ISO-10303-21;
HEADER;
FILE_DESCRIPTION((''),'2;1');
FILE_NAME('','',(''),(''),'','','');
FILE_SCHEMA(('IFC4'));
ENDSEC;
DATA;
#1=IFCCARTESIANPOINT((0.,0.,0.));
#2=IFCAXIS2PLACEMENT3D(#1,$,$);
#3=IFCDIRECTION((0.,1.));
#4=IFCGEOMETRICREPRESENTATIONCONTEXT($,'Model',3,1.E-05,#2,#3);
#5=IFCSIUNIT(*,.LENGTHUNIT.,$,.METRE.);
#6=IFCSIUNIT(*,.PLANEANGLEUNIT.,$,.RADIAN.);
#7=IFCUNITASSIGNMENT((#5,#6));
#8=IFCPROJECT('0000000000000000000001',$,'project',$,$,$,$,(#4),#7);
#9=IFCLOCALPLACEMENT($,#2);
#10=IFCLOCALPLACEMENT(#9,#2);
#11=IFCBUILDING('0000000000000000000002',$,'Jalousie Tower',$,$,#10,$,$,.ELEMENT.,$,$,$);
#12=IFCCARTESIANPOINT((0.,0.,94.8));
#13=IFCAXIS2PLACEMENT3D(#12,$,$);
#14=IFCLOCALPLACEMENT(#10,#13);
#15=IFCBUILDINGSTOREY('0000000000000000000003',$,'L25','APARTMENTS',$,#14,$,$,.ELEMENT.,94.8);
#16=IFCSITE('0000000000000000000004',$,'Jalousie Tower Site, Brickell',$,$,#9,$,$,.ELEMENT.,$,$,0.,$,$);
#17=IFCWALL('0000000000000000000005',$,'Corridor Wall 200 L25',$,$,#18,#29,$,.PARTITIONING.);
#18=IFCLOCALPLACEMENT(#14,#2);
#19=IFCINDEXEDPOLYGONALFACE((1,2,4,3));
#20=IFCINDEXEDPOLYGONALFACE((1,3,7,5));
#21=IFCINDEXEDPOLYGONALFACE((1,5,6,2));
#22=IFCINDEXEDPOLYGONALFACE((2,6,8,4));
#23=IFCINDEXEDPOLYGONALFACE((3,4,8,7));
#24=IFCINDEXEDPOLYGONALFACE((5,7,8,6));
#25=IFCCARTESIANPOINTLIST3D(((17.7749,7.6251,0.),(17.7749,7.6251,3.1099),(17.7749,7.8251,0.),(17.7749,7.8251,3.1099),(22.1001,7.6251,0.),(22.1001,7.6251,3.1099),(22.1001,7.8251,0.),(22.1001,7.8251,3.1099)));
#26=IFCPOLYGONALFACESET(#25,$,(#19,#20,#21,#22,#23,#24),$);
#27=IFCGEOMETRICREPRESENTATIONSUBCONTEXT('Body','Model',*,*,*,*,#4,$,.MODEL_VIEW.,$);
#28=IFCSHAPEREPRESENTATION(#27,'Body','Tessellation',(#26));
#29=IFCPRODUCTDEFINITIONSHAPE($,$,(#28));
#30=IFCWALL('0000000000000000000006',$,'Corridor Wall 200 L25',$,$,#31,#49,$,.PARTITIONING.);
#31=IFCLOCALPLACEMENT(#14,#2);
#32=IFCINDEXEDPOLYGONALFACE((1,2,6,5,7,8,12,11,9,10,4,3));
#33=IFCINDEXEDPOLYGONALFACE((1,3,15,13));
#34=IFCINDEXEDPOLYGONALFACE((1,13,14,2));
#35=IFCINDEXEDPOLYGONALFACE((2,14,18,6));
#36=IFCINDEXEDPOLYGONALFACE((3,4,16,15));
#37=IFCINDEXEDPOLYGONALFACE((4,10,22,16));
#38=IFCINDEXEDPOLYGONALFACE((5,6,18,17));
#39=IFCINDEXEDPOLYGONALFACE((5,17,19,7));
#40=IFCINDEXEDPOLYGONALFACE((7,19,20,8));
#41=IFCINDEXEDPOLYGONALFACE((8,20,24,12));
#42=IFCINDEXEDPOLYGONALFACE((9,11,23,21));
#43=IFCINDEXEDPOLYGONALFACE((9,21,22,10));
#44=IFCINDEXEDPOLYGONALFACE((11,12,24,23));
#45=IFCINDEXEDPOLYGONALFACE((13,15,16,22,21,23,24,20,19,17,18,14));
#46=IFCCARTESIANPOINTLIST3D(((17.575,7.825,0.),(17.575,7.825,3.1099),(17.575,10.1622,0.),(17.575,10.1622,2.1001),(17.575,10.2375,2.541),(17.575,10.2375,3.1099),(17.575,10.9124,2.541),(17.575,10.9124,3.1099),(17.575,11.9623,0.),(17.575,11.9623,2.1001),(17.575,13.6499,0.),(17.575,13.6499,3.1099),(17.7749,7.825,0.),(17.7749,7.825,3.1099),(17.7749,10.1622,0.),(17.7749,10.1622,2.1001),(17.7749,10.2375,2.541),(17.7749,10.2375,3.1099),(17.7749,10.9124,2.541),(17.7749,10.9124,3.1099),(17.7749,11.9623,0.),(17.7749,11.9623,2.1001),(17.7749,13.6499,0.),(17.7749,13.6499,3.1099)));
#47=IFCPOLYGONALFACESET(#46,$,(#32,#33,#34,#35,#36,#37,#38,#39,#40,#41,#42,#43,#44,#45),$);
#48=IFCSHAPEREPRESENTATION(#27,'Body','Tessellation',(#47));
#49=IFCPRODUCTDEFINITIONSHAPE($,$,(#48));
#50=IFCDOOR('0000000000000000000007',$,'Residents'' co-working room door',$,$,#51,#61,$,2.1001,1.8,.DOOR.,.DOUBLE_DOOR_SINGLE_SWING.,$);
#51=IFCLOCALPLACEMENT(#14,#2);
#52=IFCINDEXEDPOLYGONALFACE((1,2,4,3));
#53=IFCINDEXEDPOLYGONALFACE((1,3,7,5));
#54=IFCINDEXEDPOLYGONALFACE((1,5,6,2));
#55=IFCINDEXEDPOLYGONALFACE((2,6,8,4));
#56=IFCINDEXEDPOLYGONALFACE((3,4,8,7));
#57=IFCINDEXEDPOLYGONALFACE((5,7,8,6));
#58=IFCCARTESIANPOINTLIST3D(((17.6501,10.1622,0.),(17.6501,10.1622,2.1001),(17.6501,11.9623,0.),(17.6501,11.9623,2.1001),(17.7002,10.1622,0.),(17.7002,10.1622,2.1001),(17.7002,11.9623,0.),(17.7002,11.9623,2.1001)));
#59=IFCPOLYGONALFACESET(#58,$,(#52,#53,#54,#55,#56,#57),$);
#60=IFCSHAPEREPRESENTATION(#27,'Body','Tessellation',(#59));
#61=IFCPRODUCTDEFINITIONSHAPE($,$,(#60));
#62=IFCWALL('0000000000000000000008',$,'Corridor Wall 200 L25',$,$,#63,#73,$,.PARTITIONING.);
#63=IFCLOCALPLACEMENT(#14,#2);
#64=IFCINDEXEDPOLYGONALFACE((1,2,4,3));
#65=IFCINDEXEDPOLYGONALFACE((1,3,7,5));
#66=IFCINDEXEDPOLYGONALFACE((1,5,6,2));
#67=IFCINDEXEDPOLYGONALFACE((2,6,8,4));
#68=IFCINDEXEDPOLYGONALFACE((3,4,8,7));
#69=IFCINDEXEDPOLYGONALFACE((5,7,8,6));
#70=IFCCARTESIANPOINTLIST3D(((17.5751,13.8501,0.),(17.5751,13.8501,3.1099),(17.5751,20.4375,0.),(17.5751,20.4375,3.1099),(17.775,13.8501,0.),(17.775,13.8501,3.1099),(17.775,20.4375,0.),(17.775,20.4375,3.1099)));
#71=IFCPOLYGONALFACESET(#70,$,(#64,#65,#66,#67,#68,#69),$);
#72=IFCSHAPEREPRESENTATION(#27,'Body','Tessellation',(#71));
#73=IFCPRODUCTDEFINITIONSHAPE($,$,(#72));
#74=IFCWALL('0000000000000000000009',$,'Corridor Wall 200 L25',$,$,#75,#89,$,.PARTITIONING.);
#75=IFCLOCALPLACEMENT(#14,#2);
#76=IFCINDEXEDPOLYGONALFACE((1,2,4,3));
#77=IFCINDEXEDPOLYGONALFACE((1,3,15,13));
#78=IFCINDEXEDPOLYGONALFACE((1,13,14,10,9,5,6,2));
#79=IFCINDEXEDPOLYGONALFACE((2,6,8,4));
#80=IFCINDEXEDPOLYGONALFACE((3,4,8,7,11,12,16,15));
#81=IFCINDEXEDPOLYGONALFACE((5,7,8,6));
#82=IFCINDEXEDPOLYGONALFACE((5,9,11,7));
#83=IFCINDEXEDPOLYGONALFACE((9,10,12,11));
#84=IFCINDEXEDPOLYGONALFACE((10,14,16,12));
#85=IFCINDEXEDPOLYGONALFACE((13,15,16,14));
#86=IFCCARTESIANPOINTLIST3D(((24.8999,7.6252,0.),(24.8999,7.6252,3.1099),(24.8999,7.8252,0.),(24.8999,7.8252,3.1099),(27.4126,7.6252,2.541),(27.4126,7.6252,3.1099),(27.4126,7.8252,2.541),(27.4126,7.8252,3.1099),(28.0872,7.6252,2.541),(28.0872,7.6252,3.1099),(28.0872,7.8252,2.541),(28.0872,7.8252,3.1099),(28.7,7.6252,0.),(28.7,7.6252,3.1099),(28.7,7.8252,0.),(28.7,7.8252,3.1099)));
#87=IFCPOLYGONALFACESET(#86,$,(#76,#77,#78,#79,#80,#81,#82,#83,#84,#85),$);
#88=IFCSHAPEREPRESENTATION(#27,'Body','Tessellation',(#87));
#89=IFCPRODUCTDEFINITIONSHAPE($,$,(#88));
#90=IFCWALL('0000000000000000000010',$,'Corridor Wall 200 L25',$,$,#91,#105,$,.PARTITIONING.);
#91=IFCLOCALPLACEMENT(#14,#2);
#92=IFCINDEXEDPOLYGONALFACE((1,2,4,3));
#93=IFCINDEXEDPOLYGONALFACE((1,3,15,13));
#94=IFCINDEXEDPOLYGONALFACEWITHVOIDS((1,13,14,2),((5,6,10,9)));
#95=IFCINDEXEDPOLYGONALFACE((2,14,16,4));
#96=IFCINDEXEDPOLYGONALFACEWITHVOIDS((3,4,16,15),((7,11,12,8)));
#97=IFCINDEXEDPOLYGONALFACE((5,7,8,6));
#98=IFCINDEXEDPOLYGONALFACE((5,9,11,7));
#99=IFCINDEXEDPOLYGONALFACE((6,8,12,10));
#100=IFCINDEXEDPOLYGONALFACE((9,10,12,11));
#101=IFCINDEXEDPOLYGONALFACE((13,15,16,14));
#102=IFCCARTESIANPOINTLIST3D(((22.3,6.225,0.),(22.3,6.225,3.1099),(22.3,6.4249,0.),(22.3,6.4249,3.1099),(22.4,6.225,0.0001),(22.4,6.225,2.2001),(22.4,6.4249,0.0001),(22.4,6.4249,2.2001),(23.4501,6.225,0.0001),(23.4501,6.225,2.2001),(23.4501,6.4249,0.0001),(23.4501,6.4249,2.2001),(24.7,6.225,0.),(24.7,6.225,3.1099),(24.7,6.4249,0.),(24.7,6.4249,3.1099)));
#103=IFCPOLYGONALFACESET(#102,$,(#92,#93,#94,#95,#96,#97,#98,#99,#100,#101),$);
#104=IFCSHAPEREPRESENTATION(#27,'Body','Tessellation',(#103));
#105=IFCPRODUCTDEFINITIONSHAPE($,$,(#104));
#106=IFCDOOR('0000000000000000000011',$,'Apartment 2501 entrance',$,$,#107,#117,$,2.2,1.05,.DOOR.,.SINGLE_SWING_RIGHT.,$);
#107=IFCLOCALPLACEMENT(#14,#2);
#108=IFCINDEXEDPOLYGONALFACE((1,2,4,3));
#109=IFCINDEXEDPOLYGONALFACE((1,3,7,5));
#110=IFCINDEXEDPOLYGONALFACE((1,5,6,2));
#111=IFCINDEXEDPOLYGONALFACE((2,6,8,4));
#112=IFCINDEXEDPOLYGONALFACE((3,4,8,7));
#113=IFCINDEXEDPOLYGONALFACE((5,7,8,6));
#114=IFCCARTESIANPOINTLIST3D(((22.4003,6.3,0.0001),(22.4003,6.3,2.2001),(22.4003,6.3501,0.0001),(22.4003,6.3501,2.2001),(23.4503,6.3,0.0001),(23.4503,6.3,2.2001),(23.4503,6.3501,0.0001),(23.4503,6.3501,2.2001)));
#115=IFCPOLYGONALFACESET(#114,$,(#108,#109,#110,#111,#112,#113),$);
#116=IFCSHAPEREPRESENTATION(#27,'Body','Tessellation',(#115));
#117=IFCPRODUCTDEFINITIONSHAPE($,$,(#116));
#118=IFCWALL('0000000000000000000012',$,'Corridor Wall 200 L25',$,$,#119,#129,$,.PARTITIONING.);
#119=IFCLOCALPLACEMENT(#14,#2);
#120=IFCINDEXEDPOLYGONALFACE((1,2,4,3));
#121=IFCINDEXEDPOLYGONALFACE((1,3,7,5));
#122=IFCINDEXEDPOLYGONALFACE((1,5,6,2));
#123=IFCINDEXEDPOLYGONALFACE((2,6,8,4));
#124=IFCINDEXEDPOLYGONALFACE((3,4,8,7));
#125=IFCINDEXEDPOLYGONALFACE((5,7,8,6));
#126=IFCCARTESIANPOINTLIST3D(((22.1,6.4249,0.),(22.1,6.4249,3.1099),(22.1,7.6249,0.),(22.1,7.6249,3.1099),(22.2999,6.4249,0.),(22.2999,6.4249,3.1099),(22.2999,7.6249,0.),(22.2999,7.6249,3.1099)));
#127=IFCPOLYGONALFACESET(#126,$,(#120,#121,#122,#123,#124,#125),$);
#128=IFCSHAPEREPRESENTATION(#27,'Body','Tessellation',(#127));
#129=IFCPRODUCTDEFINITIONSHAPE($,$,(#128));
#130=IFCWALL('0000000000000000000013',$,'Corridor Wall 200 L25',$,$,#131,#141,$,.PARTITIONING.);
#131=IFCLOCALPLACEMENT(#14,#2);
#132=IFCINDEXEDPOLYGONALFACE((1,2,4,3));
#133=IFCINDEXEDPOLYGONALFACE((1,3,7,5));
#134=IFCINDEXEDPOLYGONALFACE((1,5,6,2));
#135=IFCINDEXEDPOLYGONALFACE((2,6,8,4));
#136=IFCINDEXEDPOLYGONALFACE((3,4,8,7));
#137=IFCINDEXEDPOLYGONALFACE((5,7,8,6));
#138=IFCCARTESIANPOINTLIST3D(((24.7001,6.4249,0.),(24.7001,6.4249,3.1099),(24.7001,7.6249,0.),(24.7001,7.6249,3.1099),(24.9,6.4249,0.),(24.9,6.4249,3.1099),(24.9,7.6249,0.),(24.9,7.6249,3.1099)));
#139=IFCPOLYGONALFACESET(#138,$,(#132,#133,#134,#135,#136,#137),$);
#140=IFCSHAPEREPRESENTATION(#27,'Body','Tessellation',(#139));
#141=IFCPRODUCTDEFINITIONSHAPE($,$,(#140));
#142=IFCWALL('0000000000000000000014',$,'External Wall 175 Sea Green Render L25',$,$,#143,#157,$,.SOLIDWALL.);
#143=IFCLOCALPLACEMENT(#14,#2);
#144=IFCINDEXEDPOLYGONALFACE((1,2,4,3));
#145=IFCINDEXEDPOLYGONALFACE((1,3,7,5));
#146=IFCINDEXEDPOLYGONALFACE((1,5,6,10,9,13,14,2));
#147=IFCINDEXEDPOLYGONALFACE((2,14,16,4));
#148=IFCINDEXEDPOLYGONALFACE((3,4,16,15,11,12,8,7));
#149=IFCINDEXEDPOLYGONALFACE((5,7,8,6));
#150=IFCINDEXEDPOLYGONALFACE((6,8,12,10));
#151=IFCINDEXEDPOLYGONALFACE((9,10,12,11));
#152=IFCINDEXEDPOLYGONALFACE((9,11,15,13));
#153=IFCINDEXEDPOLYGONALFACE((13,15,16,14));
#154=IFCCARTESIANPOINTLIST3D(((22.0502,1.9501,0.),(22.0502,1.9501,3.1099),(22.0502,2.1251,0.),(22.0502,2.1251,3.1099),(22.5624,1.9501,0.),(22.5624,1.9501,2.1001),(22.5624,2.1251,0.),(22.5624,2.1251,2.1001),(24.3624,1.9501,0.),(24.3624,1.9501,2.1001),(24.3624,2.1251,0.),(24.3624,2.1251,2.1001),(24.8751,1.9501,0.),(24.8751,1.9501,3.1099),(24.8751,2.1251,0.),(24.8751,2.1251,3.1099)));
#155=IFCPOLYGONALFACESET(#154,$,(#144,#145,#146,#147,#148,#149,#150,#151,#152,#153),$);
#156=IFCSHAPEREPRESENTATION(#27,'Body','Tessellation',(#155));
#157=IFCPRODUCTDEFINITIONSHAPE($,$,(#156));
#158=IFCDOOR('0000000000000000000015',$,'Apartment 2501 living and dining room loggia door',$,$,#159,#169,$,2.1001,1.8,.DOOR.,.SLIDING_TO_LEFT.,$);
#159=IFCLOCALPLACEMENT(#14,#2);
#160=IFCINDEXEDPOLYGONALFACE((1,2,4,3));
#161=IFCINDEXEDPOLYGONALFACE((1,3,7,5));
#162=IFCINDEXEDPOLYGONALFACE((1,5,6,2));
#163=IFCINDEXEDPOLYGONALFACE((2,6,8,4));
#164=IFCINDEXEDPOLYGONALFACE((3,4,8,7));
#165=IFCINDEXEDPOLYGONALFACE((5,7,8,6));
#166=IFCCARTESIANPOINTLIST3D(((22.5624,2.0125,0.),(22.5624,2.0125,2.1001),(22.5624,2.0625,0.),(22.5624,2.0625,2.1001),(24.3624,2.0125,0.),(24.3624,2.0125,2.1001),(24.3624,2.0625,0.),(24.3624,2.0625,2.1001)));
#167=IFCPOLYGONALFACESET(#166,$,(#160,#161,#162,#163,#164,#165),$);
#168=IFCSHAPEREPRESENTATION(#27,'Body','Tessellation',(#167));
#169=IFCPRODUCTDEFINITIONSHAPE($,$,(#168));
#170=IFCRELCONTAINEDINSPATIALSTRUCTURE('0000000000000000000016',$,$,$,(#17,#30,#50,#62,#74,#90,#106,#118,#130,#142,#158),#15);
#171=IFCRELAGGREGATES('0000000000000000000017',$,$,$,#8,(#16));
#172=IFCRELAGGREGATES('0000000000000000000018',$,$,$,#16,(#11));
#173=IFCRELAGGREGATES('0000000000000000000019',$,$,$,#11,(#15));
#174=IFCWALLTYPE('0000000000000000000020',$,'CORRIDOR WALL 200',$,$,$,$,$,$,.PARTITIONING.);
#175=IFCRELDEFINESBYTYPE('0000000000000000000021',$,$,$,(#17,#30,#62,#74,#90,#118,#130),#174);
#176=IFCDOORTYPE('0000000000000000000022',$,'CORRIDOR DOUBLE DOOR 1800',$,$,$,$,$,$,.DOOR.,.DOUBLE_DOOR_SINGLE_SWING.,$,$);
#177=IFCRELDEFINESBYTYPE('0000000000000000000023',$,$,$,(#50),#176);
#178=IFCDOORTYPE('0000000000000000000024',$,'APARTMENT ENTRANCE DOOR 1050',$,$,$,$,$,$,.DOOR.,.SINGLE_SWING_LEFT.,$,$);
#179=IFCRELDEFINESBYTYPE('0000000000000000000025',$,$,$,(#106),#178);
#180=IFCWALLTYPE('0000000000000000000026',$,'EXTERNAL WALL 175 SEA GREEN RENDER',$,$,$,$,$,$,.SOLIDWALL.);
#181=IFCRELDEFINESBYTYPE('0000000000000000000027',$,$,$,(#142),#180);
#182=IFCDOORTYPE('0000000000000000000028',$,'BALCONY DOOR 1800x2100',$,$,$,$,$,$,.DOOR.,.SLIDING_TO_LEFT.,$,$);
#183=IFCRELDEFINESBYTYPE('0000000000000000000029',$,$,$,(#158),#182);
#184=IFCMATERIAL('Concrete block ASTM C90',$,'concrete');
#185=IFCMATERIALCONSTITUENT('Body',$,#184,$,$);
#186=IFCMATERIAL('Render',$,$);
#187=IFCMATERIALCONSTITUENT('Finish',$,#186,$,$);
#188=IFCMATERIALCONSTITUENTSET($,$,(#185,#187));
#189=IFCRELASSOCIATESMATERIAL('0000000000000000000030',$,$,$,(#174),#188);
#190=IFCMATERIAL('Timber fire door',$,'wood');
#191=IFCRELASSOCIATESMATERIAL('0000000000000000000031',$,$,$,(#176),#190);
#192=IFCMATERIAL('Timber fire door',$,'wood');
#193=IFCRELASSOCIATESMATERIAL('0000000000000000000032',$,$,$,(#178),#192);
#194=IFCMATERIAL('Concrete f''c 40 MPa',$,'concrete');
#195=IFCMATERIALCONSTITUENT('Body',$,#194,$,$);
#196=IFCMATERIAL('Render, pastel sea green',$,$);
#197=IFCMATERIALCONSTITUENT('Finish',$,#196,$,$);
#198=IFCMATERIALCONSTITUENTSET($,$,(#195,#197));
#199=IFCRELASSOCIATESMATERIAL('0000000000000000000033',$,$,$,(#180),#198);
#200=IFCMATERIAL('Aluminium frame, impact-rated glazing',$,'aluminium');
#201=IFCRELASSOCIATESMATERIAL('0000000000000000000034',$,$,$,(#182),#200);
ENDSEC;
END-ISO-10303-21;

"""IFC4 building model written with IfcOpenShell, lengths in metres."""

from ifc_helpers import new_model, si_unit, direction, frame, frame_2d, origin, place, context, subcontext, project, spatial, polyline, rectangle, outline, extrude, material, constituent, constituent_set, type_object, element, fill, save


model = new_model("IFC4")

# Units and contexts
model_context = context("Model", 3, precision=1e-05, world=origin(), true_north=direction((0.0, 1.0)))
body_context = subcontext(model_context, "Body", "Model", "MODEL_VIEW")
ifc_project = project(units=[si_unit("LENGTHUNIT", "METRE"), si_unit("PLANEANGLEUNIT", "RADIAN")], contexts=[model_context])

# Site, building, storey
site_placement = place(None, origin())
site = spatial("IfcSite", under=ifc_project, at=site_placement, Name="Jalousie Tower Site, Brickell", CompositionType="ELEMENT", RefElevation=0.0)
building_placement = place(site_placement, origin())
building = spatial("IfcBuilding", under=site, at=building_placement, Name="Jalousie Tower", CompositionType="ELEMENT")
storey_placement = place(building_placement, frame((0.0, 0.0, 94.8)))
storey = spatial("IfcBuildingStorey", under=building, at=storey_placement, Name="L25", Description="APARTMENTS", CompositionType="ELEMENT", Elevation=94.8)

# Wall
ifc_material_1 = material(Name="Concrete block ASTM C90", Category="concrete")
ifc_constituent_1 = constituent(ifc_material_1, Name="Body")
ifc_material_2 = material(Name="Render")
ifc_constituent_2 = constituent(ifc_material_2, Name="Finish")
ifc_constituent_set_1 = constituent_set(constituents=[ifc_constituent_1, ifc_constituent_2])
wall_type_1 = type_object("IfcWallType", Name="CORRIDOR WALL 200", PredefinedType="PARTITIONING", material=ifc_constituent_set_1)
wall_1_placement = place(storey_placement, frame((17.7749, 7.7251, 0.0), z_axis=(0.0, 0.0, 1.0), x_axis=(1.0, 0.0, 0.0)))
element("IfcWall", 1, at=wall_1_placement, inside=storey, type_object=wall_type_1, Name="Corridor Wall 200 L25", PredefinedType="PARTITIONING", context=body_context, shape_type="SweptSolid", body=[
    extrude(rectangle(XDim=4.3252, YDim=0.2, at=frame_2d((2.1626, 0.0))), origin(), (0.0, 0.0, 1.0), 3.1099),
])

# Wall, opening, door
wall_2_placement = place(storey_placement, frame((17.675, 7.825, 0.0), z_axis=(0.0, 0.0, 1.0), x_axis=(0.0, 1.0, 0.0)))
wall_2 = element("IfcWall", 2, at=wall_2_placement, inside=storey, type_object=wall_type_1, Name="Corridor Wall 200 L25", PredefinedType="PARTITIONING", context=body_context, shape_type="SweptSolid", body=[
    extrude(outline(polyline([(0.0, 0.0), (5.825, 0.0), (5.825, 3.1099), (3.0874, 3.1099), (3.0874, 2.541), (2.4126, 2.541), (2.4126, 3.1099), (0.0, 3.1099), (0.0, 0.0)])), frame((0.0, 0.1001, 0.0), z_axis=(0.0, -1.0, 0.0), x_axis=(1.0, 0.0, 0.0)), (0.0, 0.0, 1.0), 0.2),
])
opening_1_placement = place(wall_2_placement, frame((2.3374, 0.0, 0.0)))
opening_1 = element("IfcOpeningElement", 3, at=opening_1_placement, cuts=wall_2, PredefinedType="OPENING", context=body_context, shape_type="SweptSolid", body=[
    extrude(rectangle(XDim=1.8, YDim=2.1001, at=frame_2d((0.8999, 1.05))), frame((0.0, 0.1099, 0.0), z_axis=(0.0, -1.0, 0.0), x_axis=(1.0, 0.0, 0.0)), (0.0, 0.0, 1.0), 0.22),
])
ifc_material_3 = material(Name="Timber fire door", Category="wood")
door_type_1 = type_object("IfcDoorType", Name="CORRIDOR DOUBLE DOOR 1800", OperationType="DOUBLE_DOOR_SINGLE_SWING", PredefinedType="DOOR", material=ifc_material_3)
door_1_placement = place(opening_1_placement, origin())
door_1 = element("IfcDoor", 4, at=door_1_placement, inside=storey, type_object=door_type_1, Name="Residents' co-working room door", OperationType="DOUBLE_DOOR_SINGLE_SWING", OverallHeight=2.1001, OverallWidth=1.8, PredefinedType="DOOR", context=body_context, shape_type="SweptSolid", body=[
    extrude(rectangle(XDim=1.8, YDim=2.1001, at=frame_2d((0.8999, 1.05))), frame((0.0, 0.0249, 0.0), z_axis=(0.0, -1.0, 0.0), x_axis=(1.0, 0.0, 0.0)), (0.0, 0.0, 1.0), 0.05),
])
fill(opening_1, door_1)

# Walls
wall_3_placement = place(storey_placement, frame((17.675, 13.8501, 0.0), z_axis=(0.0, 0.0, 1.0), x_axis=(0.0, 1.0, 0.0)))
element("IfcWall", 5, at=wall_3_placement, inside=storey, type_object=wall_type_1, Name="Corridor Wall 200 L25", PredefinedType="PARTITIONING", context=body_context, shape_type="SweptSolid", body=[
    extrude(rectangle(XDim=6.5874, YDim=0.2, at=frame_2d((3.2937, 0.0))), origin(), (0.0, 0.0, 1.0), 3.1099),
])
wall_4_placement = place(storey_placement, frame((24.8999, 7.7251, 0.0), z_axis=(0.0, 0.0, 1.0), x_axis=(1.0, 0.0, 0.0)))
element("IfcWall", 6, at=wall_4_placement, inside=storey, type_object=wall_type_1, Name="Corridor Wall 200 L25", PredefinedType="PARTITIONING", context=body_context, shape_type="SweptSolid", body=[
    extrude(outline(polyline([(0.0, 0.0), (3.8, 0.0), (3.8, 3.1099), (3.1873, 3.1099), (3.1873, 2.541), (2.5127, 2.541), (2.5127, 3.1099), (0.0, 3.1099), (0.0, 0.0)])), frame((0.0, 0.1001, 0.0), z_axis=(0.0, -1.0, 0.0), x_axis=(1.0, 0.0, 0.0)), (0.0, 0.0, 1.0), 0.2),
])

# Wall, opening, door
wall_5_placement = place(storey_placement, frame((22.3, 6.325, 0.0), z_axis=(0.0, 0.0, 1.0), x_axis=(1.0, 0.0, 0.0)))
wall_5 = element("IfcWall", 7, at=wall_5_placement, inside=storey, type_object=wall_type_1, Name="Corridor Wall 200 L25", PredefinedType="PARTITIONING", context=body_context, shape_type="SweptSolid", body=[
    extrude(rectangle(XDim=2.3999, YDim=0.2, at=frame_2d((1.2, 0.0))), origin(), (0.0, 0.0, 1.0), 3.1099),
])
opening_2_placement = place(wall_5_placement, frame((0.1001, 0.0, 0.0)))
opening_2 = element("IfcOpeningElement", 8, at=opening_2_placement, cuts=wall_5, PredefinedType="OPENING", context=body_context, shape_type="SweptSolid", body=[
    extrude(rectangle(XDim=1.05, YDim=2.2, at=frame_2d((0.5249, 1.1001))), frame((0.0, 0.1099, 0.0), z_axis=(0.0, -1.0, 0.0), x_axis=(1.0, 0.0, 0.0)), (0.0, 0.0, 1.0), 0.22),
])
ifc_material_4 = material(Name="Timber fire door", Category="wood")
door_type_2 = type_object("IfcDoorType", Name="APARTMENT ENTRANCE DOOR 1050", OperationType="SINGLE_SWING_LEFT", PredefinedType="DOOR", material=ifc_material_4)
door_2_placement = place(opening_2_placement, frame((1.05, 0.0, 0.0), z_axis=(0.0, 0.0, 1.0), x_axis=(-1.0, 0.0, 0.0)))
door_2 = element("IfcDoor", 9, at=door_2_placement, inside=storey, type_object=door_type_2, Name="Apartment 2501 entrance", OperationType="SINGLE_SWING_RIGHT", OverallHeight=2.2, OverallWidth=1.05, PredefinedType="DOOR", context=body_context, shape_type="SweptSolid", body=[
    extrude(rectangle(XDim=1.05, YDim=2.2, at=frame_2d((0.5249, 1.1001))), frame((0.0, 0.0249, 0.0), z_axis=(0.0, -1.0, 0.0), x_axis=(1.0, 0.0, 0.0)), (0.0, 0.0, 1.0), 0.05),
])
fill(opening_2, door_2)

# Walls
for number, where, z_axis, x_axis, name in (
    (10, (22.2, 7.625, 0.0), (0.0, 0.0, 1.0), (0.0, -1.0, 0.0), "Corridor Wall 200 L25"),
    (11, (24.8, 7.625, 0.0), (0.0, 0.0, 1.0), (0.0, -1.0, 0.0), "Corridor Wall 200 L25"),
):
    element("IfcWall", number, at=place(storey_placement, frame(where, z_axis=z_axis, x_axis=x_axis)), inside=storey, type_object=wall_type_1, Name=name, PredefinedType="PARTITIONING", context=body_context, shape_type="SweptSolid", body=[
        extrude(rectangle(XDim=1.2, YDim=0.2, at=frame_2d((0.6001, 0.0))), origin(), (0.0, 0.0, 1.0), 3.1099),
    ])

# Wall, opening, door
ifc_material_5 = material(Name="Concrete f'c 40 MPa", Category="concrete")
ifc_constituent_3 = constituent(ifc_material_5, Name="Body")
ifc_material_6 = material(Name="Render, pastel sea green")
ifc_constituent_4 = constituent(ifc_material_6, Name="Finish")
ifc_constituent_set_2 = constituent_set(constituents=[ifc_constituent_3, ifc_constituent_4])
wall_type_2 = type_object("IfcWallType", Name="EXTERNAL WALL 175 SEA GREEN RENDER", PredefinedType="SOLIDWALL", material=ifc_constituent_set_2)
wall_6_placement = place(storey_placement, frame((22.05, 2.0376, 0.0), z_axis=(0.0, 0.0, 1.0), x_axis=(1.0, 0.0, 0.0)))
wall_6 = element("IfcWall", 12, at=wall_6_placement, inside=storey, type_object=wall_type_2, Name="External Wall 175 Sea Green Render L25", PredefinedType="SOLIDWALL", context=body_context, shape_type="SweptSolid", body=[
    extrude(rectangle(XDim=2.825, YDim=0.175, at=frame_2d((1.4126, 0.0))), origin(), (0.0, 0.0, 1.0), 3.1099),
])
opening_3_placement = place(wall_6_placement, frame((0.5125, 0.0, 0.0)))
opening_3 = element("IfcOpeningElement", 13, at=opening_3_placement, cuts=wall_6, PredefinedType="OPENING", context=body_context, shape_type="SweptSolid", body=[
    extrude(rectangle(XDim=1.8, YDim=2.1001, at=frame_2d((0.8999, 1.05))), frame((0.0, 0.0974, 0.0), z_axis=(0.0, -1.0, 0.0), x_axis=(1.0, 0.0, 0.0)), (0.0, 0.0, 1.0), 0.1951),
])
ifc_material_7 = material(Name="Aluminium frame, impact-rated glazing", Category="aluminium")
door_type_3 = type_object("IfcDoorType", Name="BALCONY DOOR 1800x2100", OperationType="SLIDING_TO_LEFT", PredefinedType="DOOR", material=ifc_material_7)
door_3_placement = place(opening_3_placement, origin())
door_3 = element("IfcDoor", 14, at=door_3_placement, inside=storey, type_object=door_type_3, Name="Apartment 2501 living and dining room loggia door", OperationType="SLIDING_TO_LEFT", OverallHeight=2.1001, OverallWidth=1.8, PredefinedType="DOOR", context=body_context, shape_type="SweptSolid", body=[
    extrude(rectangle(XDim=1.8, YDim=2.1001, at=frame_2d((0.8999, 1.05))), frame((0.0, 0.0249, 0.0), z_axis=(0.0, -1.0, 0.0), x_axis=(1.0, 0.0, 0.0)), (0.0, 0.0, 1.0), 0.05),
])
fill(opening_3, door_3)

save(model, "model.ifc")
